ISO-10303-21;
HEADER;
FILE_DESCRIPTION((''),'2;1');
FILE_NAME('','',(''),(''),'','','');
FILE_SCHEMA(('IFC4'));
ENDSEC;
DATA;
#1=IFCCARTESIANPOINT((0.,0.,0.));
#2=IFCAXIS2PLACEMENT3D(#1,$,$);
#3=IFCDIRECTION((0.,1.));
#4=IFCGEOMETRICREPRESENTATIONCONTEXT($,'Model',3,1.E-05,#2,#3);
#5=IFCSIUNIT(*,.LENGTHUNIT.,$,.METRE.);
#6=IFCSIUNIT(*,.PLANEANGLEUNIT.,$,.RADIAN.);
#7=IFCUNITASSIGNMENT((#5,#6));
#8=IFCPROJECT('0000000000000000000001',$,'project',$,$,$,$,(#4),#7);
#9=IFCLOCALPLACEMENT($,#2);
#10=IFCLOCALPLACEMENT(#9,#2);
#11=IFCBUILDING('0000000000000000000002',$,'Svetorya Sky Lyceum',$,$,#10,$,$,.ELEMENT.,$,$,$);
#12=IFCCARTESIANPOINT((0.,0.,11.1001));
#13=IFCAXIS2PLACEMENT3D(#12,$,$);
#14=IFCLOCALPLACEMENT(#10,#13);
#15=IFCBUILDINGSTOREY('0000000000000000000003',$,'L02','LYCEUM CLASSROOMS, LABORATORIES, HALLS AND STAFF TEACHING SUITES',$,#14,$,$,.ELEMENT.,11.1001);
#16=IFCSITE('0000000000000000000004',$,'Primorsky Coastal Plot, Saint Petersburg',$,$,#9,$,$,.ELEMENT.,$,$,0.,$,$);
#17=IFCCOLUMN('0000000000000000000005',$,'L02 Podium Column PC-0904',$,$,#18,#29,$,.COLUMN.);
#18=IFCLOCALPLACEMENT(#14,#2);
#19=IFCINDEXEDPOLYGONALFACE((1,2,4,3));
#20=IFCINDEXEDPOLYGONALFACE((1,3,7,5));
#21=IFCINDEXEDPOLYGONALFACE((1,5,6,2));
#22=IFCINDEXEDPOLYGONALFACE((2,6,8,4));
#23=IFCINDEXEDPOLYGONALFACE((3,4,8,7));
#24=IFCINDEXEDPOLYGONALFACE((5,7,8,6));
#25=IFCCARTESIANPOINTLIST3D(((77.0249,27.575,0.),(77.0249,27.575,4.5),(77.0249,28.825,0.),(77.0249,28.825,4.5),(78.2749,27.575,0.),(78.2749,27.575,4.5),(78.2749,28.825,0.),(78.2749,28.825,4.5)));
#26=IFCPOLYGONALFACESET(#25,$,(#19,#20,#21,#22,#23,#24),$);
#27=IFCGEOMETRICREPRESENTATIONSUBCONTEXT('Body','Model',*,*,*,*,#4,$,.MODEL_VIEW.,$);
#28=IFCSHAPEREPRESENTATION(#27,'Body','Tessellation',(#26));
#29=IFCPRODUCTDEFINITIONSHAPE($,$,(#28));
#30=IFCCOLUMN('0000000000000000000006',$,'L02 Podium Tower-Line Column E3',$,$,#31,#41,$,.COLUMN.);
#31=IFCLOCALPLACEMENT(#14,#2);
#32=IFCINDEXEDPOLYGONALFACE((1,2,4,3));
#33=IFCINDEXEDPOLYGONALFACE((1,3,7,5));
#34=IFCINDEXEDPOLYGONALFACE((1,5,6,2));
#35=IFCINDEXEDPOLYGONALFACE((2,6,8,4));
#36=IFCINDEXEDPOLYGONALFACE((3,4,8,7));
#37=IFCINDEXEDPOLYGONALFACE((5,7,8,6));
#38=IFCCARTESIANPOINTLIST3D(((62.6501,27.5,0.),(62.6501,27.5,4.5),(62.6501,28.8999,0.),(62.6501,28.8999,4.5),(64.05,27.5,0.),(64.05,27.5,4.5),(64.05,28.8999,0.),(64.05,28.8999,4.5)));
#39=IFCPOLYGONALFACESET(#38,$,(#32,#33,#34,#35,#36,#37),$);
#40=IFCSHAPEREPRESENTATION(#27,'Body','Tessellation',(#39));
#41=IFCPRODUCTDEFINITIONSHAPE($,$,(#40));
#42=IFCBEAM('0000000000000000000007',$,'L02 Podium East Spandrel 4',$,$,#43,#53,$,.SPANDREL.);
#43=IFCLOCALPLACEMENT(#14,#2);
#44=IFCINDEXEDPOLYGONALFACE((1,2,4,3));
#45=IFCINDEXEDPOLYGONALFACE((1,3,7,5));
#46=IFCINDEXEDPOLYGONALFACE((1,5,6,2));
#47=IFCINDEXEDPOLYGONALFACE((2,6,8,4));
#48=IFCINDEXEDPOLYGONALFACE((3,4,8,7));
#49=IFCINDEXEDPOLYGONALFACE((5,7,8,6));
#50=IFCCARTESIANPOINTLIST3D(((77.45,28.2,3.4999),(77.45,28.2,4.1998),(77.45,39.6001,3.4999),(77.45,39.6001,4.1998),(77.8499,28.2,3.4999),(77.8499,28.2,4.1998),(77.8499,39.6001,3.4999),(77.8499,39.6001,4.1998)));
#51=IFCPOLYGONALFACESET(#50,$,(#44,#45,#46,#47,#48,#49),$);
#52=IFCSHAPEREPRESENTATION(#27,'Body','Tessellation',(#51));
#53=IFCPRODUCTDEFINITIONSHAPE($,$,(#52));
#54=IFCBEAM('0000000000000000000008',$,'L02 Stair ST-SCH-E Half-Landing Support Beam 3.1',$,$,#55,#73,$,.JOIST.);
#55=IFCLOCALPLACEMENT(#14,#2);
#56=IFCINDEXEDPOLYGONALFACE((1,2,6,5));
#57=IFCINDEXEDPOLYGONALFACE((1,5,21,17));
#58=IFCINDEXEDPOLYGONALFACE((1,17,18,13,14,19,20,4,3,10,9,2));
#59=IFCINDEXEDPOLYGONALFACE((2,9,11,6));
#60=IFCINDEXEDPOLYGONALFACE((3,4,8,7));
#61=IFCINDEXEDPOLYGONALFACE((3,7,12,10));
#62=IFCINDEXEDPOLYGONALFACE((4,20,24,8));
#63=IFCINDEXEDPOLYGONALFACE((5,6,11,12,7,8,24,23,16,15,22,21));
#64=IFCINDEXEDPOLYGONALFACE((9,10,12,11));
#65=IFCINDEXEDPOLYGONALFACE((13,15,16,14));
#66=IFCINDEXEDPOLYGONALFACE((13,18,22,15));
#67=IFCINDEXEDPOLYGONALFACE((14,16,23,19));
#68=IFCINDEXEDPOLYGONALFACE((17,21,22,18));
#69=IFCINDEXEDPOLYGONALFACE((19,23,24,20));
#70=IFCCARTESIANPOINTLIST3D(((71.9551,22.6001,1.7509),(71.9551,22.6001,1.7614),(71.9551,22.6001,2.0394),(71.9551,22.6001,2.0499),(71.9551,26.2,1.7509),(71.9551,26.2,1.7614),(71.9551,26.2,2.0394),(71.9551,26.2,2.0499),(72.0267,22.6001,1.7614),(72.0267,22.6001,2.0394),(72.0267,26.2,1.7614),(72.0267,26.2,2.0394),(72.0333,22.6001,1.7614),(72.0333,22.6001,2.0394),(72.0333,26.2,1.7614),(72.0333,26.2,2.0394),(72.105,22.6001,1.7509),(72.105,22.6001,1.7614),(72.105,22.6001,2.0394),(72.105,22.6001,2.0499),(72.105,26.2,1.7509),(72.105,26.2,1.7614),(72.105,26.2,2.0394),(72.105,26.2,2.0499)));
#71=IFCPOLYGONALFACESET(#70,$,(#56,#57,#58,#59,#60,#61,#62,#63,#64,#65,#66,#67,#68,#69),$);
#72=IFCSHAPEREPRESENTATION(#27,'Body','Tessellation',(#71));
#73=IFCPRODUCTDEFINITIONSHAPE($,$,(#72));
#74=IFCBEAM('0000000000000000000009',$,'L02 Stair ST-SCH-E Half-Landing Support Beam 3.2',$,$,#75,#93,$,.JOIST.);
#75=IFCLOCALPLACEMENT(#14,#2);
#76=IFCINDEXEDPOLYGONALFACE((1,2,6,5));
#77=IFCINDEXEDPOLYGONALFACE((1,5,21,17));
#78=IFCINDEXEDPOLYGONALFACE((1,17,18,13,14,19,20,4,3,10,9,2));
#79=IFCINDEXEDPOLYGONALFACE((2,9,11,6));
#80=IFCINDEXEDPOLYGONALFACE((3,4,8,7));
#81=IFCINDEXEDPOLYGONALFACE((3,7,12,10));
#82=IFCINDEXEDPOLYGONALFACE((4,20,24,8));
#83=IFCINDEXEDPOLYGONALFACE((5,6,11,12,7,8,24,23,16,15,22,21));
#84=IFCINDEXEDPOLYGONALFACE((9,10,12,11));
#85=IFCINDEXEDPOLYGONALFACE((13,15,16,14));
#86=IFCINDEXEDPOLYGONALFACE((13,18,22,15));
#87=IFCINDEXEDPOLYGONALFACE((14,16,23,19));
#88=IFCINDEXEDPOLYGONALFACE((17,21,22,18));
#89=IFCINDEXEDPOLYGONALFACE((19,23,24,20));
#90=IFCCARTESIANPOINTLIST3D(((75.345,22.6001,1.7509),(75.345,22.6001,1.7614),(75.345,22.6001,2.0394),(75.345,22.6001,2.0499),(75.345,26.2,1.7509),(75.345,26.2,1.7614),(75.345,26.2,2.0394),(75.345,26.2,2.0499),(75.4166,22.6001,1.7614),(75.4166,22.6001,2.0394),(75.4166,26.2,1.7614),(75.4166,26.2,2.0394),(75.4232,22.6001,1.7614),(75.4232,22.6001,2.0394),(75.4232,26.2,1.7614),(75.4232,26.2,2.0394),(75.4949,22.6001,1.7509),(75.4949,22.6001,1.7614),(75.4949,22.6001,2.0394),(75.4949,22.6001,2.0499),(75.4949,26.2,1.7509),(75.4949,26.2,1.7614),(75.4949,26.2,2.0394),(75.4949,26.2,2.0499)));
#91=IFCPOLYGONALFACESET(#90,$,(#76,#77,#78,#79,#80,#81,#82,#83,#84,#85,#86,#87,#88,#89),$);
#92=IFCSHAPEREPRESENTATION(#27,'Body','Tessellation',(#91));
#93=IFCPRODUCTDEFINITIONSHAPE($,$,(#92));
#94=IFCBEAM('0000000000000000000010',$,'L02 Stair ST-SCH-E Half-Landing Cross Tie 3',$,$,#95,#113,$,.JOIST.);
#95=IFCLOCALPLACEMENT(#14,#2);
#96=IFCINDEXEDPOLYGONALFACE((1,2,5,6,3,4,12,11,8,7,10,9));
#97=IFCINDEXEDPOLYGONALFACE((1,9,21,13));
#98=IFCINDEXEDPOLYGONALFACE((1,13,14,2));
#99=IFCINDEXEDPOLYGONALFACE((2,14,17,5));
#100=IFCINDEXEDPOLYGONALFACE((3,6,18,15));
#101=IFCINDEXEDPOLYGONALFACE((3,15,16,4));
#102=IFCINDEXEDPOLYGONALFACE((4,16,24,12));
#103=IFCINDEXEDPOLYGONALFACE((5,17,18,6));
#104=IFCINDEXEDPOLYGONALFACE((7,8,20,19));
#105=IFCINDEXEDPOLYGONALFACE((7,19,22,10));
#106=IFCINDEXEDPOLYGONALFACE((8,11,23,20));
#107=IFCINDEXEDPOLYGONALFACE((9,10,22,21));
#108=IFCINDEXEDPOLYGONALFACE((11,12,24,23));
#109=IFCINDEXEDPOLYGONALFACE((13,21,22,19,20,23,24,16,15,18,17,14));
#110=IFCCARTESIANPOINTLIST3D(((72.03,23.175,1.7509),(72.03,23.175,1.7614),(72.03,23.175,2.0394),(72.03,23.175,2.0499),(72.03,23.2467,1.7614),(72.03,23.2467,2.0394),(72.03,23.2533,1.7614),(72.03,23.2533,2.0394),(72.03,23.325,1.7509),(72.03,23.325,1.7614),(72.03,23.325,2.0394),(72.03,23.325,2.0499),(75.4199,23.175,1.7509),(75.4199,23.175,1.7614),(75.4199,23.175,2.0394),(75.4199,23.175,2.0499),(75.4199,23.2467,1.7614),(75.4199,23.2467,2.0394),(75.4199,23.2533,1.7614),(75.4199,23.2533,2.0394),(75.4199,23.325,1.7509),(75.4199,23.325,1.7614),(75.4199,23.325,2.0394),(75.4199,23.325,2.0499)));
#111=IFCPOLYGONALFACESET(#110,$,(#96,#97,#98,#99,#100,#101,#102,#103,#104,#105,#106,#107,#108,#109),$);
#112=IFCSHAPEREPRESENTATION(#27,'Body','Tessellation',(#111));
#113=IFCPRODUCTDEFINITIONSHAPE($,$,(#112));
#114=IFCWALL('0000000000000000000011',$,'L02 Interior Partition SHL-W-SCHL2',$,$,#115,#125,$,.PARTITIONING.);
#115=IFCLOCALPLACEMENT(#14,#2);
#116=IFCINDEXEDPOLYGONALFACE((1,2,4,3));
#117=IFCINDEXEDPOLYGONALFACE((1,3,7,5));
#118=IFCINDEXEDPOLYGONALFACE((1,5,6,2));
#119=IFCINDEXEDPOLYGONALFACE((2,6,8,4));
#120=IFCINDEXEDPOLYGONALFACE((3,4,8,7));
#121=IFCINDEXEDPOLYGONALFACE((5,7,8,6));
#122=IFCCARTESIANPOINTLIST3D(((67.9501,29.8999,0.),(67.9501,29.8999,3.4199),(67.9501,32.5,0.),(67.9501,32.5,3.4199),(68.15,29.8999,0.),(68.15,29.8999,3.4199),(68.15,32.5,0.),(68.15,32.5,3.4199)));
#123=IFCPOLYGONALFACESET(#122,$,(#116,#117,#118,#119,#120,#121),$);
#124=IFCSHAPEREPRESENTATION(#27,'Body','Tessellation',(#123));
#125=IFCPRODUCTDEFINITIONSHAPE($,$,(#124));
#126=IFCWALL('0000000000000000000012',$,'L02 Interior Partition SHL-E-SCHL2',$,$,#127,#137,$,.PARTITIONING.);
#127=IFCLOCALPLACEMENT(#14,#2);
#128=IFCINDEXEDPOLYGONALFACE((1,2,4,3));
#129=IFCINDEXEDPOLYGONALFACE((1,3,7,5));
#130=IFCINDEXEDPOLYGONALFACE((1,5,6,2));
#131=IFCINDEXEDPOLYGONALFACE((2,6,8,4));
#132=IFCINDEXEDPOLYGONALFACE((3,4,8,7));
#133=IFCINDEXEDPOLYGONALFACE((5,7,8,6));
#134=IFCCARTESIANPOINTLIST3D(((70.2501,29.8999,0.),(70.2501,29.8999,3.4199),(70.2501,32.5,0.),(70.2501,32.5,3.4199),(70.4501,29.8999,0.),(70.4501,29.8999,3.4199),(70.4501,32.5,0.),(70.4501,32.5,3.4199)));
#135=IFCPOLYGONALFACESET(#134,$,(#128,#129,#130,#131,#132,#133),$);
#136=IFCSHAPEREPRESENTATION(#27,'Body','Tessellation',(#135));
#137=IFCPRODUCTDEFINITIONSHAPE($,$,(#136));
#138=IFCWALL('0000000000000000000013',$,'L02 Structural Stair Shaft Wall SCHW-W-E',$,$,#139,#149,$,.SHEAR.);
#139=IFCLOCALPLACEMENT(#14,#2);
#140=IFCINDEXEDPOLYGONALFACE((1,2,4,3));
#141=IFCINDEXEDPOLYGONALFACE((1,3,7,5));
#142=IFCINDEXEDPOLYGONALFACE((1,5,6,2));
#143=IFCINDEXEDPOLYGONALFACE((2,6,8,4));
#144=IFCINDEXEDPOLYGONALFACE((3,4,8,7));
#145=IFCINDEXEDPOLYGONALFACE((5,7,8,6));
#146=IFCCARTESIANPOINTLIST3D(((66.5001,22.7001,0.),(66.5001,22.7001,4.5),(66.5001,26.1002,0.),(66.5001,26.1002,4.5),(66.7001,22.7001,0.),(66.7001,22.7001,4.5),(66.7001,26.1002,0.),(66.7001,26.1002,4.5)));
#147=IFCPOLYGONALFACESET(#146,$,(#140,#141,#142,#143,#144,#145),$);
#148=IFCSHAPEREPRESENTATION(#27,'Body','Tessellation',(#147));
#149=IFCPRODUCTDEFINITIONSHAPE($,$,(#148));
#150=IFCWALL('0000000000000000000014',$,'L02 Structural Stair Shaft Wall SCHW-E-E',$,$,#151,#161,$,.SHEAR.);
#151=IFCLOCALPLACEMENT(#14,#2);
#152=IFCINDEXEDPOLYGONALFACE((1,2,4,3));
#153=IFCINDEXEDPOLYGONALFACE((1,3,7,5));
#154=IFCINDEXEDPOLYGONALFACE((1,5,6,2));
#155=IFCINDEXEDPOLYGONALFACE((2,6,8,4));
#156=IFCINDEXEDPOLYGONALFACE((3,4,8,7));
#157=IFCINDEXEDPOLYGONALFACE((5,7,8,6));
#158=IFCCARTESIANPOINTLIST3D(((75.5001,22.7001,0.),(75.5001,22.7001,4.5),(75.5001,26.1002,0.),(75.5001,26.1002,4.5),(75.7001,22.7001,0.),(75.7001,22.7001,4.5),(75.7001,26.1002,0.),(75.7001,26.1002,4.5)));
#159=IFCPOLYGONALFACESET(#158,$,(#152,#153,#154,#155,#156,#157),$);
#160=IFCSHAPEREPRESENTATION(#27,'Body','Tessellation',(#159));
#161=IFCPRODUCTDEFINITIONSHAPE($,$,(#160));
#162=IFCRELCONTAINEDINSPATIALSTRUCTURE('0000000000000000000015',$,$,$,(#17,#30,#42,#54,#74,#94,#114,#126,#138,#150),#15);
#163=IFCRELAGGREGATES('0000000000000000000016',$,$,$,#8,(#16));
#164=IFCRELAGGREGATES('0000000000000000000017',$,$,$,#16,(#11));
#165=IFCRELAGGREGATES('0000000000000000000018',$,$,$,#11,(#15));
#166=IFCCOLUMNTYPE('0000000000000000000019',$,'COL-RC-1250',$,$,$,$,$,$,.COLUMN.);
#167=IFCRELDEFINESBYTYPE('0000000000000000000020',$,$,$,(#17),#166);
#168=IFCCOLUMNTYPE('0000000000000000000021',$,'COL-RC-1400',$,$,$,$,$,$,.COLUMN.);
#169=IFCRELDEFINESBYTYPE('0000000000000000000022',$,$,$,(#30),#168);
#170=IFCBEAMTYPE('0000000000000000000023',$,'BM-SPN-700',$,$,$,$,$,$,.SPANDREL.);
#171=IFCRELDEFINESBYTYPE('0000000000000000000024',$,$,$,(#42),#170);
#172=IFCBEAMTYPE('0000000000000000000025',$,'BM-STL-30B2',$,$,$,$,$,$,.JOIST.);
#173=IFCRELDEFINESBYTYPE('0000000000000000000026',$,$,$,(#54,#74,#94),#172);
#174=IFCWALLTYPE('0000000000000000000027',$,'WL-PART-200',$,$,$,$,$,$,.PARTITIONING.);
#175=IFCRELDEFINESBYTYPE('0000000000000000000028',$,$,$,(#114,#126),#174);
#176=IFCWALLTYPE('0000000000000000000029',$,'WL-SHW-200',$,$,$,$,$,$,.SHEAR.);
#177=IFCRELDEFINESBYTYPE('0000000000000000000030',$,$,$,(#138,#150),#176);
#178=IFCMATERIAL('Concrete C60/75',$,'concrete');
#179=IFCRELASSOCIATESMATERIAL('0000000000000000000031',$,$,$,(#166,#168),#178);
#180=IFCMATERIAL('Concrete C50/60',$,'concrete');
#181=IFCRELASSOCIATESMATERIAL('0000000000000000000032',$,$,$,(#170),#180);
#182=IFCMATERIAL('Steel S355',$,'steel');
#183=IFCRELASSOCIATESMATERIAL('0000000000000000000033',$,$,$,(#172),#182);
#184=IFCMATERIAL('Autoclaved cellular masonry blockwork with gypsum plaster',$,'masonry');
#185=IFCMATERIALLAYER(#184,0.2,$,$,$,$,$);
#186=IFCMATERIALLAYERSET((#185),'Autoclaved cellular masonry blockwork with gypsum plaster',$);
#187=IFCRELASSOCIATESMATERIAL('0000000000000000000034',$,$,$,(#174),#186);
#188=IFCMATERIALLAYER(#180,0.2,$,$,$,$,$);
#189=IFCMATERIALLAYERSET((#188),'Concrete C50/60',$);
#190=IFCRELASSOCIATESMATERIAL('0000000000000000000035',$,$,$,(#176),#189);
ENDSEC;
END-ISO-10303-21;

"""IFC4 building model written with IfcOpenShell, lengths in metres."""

from ifc_helpers import new_model, si_unit, direction, frame, frame_2d, origin, origin_2d, place, context, subcontext, project, spatial, rectangle, i_section, extrude, material, layer, layer_set, material_profile, profile_set, type_object, element, save


model = new_model("IFC4")

# Units and contexts
model_context = context("Model", 3, precision=1e-05, world=origin(), true_north=direction((0.0, 1.0)))
body_context = subcontext(model_context, "Body", "Model", "MODEL_VIEW")
ifc_project = project(units=[si_unit("LENGTHUNIT", "METRE"), si_unit("PLANEANGLEUNIT", "RADIAN")], contexts=[model_context])

# Site, building, storey
site_placement = place(None, origin())
site = spatial("IfcSite", under=ifc_project, at=site_placement, Name="Primorsky Coastal Plot, Saint Petersburg", CompositionType="ELEMENT", RefElevation=0.0)
building_placement = place(site_placement, origin())
building = spatial("IfcBuilding", under=site, at=building_placement, Name="Svetorya Sky Lyceum", CompositionType="ELEMENT")
storey_placement = place(building_placement, frame((0.0, 0.0, 11.1001)))
storey = spatial("IfcBuildingStorey", under=building, at=storey_placement, Name="L02", Description="LYCEUM CLASSROOMS, LABORATORIES, HALLS AND STAFF TEACHING SUITES", CompositionType="ELEMENT", Elevation=11.1001)

# Columns
ifc_material_1 = material(Name="Concrete C60/75", Category="concrete")
ifc_material_profile_1 = material_profile(ifc_material_1, rectangle(XDim=1.25, YDim=1.25, at=origin_2d()), Name="RC COL 1250x1250")
ifc_profile_set_1 = profile_set([ifc_material_profile_1], Name="Concrete C60/75")
column_type_1 = type_object("IfcColumnType", Name="COL-RC-1250", PredefinedType="COLUMN", material=ifc_profile_set_1)
column_1_placement = place(storey_placement, frame((77.6499, 28.2, 0.0), z_axis=(0.0, 0.0, 1.0), x_axis=(1.0, 0.0, 0.0)))
element("IfcColumn", 1, at=column_1_placement, inside=storey, type_object=column_type_1, Name="L02 Podium Column PC-0904", PredefinedType="COLUMN", context=body_context, shape_type="SweptSolid", body=[
    extrude(rectangle(XDim=1.25, YDim=1.25, at=origin_2d()), origin(), (0.0, 0.0, 1.0), 4.5),
])
ifc_material_profile_2 = material_profile(ifc_material_1, rectangle(XDim=1.3999, YDim=1.3999, at=origin_2d()), Name="RC COL 1400x1400")
ifc_profile_set_2 = profile_set([ifc_material_profile_2], Name="Concrete C60/75")
column_type_2 = type_object("IfcColumnType", Name="COL-RC-1400", PredefinedType="COLUMN", material=ifc_profile_set_2)
column_2_placement = place(storey_placement, frame((63.3501, 28.2, 0.0), z_axis=(0.0, 0.0, 1.0), x_axis=(1.0, 0.0, 0.0)))
element("IfcColumn", 2, at=column_2_placement, inside=storey, type_object=column_type_2, Name="L02 Podium Tower-Line Column E3", PredefinedType="COLUMN", context=body_context, shape_type="SweptSolid", body=[
    extrude(rectangle(XDim=1.3999, YDim=1.3999, at=origin_2d()), origin(), (0.0, 0.0, 1.0), 4.5),
])

# Beams
ifc_material_2 = material(Name="Concrete C50/60", Category="concrete")
ifc_material_profile_3 = material_profile(ifc_material_2, rectangle(XDim=0.3999, YDim=0.7, at=origin_2d()), Name="RC SPANDREL 400x700")
ifc_profile_set_3 = profile_set([ifc_material_profile_3], Name="Concrete C50/60")
beam_type_1 = type_object("IfcBeamType", Name="BM-SPN-700", PredefinedType="SPANDREL", material=ifc_profile_set_3)
beam_1_placement = place(storey_placement, frame((77.6499, 28.2, 3.8499), z_axis=(0.0, 1.0, 0.0), x_axis=(-1.0, 0.0, 0.0)))
element("IfcBeam", 3, at=beam_1_placement, inside=storey, type_object=beam_type_1, Name="L02 Podium East Spandrel 4", PredefinedType="SPANDREL", context=body_context, shape_type="SweptSolid", body=[
    extrude(rectangle(XDim=0.3999, YDim=0.7, at=origin_2d()), origin(), (0.0, 0.0, 1.0), 11.4001),
])
ifc_material_3 = material(Name="Steel S355", Category="steel")
ifc_material_profile_4 = material_profile(ifc_material_3, i_section(OverallWidth=0.1499, OverallDepth=0.2991, WebThickness=0.0066, FlangeThickness=0.0105, at=origin_2d()), Name="GOST 30B2")
ifc_profile_set_4 = profile_set([ifc_material_profile_4], Name="Steel S355")
beam_type_2 = type_object("IfcBeamType", Name="BM-STL-30B2", PredefinedType="JOIST", material=ifc_profile_set_4)
for number, where, z_axis, x_axis, name in (
    (4, (72.03, 22.6001, 1.9004), (0.0, 1.0, 0.0), (-1.0, 0.0, 0.0), "L02 Stair ST-SCH-E Half-Landing Support Beam 3.1"),
    (5, (75.4199, 22.6001, 1.9004), (0.0, 1.0, 0.0), (-1.0, 0.0, 0.0), "L02 Stair ST-SCH-E Half-Landing Support Beam 3.2"),
):
    element("IfcBeam", number, at=place(storey_placement, frame(where, z_axis=z_axis, x_axis=x_axis)), inside=storey, type_object=beam_type_2, Name=name, PredefinedType="JOIST", context=body_context, shape_type="SweptSolid", body=[
        extrude(i_section(OverallWidth=0.1499, OverallDepth=0.2991, WebThickness=0.0066, FlangeThickness=0.0105, at=origin_2d()), origin(), (0.0, 0.0, 1.0), 3.5999),
    ])
beam_2_placement = place(storey_placement, frame((72.03, 23.25, 1.9004), z_axis=(1.0, 0.0, 0.0), x_axis=(0.0, 1.0, 0.0)))
element("IfcBeam", 6, at=beam_2_placement, inside=storey, type_object=beam_type_2, Name="L02 Stair ST-SCH-E Half-Landing Cross Tie 3", PredefinedType="JOIST", context=body_context, shape_type="SweptSolid", body=[
    extrude(i_section(OverallWidth=0.1499, OverallDepth=0.2991, WebThickness=0.0066, FlangeThickness=0.0105, at=origin_2d()), origin(), (0.0, 0.0, 1.0), 3.3899),
])

# Walls
ifc_material_4 = material(Name="Autoclaved cellular masonry blockwork with gypsum plaster", Category="masonry")
ifc_layer_1 = layer(ifc_material_4, 0.2)
ifc_layer_set_1 = layer_set([ifc_layer_1], Name="Autoclaved cellular masonry blockwork with gypsum plaster")
wall_type_1 = type_object("IfcWallType", Name="WL-PART-200", PredefinedType="PARTITIONING", material=ifc_layer_set_1)
for number, where, z_axis, x_axis, name in (
    (7, (68.05, 29.8999, 0.0), (0.0, 0.0, 1.0), (0.0, 1.0, 0.0), "L02 Interior Partition SHL-W-SCHL2"),
    (8, (70.3501, 29.8999, 0.0), (0.0, 0.0, 1.0), (0.0, 1.0, 0.0), "L02 Interior Partition SHL-E-SCHL2"),
):
    element("IfcWall", number, at=place(storey_placement, frame(where, z_axis=z_axis, x_axis=x_axis)), inside=storey, type_object=wall_type_1, Name=name, PredefinedType="PARTITIONING", context=body_context, shape_type="SweptSolid", body=[
        extrude(rectangle(XDim=2.6001, YDim=0.2, at=frame_2d((1.3, 0.0))), origin(), (0.0, 0.0, 1.0), 3.4199),
    ])

# Walls
ifc_layer_2 = layer(ifc_material_2, 0.2)
ifc_layer_set_2 = layer_set([ifc_layer_2], Name="Concrete C50/60")
wall_type_2 = type_object("IfcWallType", Name="WL-SHW-200", PredefinedType="SHEAR", material=ifc_layer_set_2)
for number, where, z_axis, x_axis, name in (
    (9, (66.6001, 22.7, 0.0), (0.0, 0.0, 1.0), (0.0, 1.0, 0.0), "L02 Structural Stair Shaft Wall SCHW-W-E"),
    (10, (75.6001, 22.7, 0.0), (0.0, 0.0, 1.0), (0.0, 1.0, 0.0), "L02 Structural Stair Shaft Wall SCHW-E-E"),
):
    element("IfcWall", number, at=place(storey_placement, frame(where, z_axis=z_axis, x_axis=x_axis)), inside=storey, type_object=wall_type_2, Name=name, PredefinedType="SHEAR", context=body_context, shape_type="SweptSolid", body=[
        extrude(rectangle(XDim=3.4001, YDim=0.2, at=frame_2d((1.7002, 0.0))), origin(), (0.0, 0.0, 1.0), 4.5),
    ])

save(model, "model.ifc")
